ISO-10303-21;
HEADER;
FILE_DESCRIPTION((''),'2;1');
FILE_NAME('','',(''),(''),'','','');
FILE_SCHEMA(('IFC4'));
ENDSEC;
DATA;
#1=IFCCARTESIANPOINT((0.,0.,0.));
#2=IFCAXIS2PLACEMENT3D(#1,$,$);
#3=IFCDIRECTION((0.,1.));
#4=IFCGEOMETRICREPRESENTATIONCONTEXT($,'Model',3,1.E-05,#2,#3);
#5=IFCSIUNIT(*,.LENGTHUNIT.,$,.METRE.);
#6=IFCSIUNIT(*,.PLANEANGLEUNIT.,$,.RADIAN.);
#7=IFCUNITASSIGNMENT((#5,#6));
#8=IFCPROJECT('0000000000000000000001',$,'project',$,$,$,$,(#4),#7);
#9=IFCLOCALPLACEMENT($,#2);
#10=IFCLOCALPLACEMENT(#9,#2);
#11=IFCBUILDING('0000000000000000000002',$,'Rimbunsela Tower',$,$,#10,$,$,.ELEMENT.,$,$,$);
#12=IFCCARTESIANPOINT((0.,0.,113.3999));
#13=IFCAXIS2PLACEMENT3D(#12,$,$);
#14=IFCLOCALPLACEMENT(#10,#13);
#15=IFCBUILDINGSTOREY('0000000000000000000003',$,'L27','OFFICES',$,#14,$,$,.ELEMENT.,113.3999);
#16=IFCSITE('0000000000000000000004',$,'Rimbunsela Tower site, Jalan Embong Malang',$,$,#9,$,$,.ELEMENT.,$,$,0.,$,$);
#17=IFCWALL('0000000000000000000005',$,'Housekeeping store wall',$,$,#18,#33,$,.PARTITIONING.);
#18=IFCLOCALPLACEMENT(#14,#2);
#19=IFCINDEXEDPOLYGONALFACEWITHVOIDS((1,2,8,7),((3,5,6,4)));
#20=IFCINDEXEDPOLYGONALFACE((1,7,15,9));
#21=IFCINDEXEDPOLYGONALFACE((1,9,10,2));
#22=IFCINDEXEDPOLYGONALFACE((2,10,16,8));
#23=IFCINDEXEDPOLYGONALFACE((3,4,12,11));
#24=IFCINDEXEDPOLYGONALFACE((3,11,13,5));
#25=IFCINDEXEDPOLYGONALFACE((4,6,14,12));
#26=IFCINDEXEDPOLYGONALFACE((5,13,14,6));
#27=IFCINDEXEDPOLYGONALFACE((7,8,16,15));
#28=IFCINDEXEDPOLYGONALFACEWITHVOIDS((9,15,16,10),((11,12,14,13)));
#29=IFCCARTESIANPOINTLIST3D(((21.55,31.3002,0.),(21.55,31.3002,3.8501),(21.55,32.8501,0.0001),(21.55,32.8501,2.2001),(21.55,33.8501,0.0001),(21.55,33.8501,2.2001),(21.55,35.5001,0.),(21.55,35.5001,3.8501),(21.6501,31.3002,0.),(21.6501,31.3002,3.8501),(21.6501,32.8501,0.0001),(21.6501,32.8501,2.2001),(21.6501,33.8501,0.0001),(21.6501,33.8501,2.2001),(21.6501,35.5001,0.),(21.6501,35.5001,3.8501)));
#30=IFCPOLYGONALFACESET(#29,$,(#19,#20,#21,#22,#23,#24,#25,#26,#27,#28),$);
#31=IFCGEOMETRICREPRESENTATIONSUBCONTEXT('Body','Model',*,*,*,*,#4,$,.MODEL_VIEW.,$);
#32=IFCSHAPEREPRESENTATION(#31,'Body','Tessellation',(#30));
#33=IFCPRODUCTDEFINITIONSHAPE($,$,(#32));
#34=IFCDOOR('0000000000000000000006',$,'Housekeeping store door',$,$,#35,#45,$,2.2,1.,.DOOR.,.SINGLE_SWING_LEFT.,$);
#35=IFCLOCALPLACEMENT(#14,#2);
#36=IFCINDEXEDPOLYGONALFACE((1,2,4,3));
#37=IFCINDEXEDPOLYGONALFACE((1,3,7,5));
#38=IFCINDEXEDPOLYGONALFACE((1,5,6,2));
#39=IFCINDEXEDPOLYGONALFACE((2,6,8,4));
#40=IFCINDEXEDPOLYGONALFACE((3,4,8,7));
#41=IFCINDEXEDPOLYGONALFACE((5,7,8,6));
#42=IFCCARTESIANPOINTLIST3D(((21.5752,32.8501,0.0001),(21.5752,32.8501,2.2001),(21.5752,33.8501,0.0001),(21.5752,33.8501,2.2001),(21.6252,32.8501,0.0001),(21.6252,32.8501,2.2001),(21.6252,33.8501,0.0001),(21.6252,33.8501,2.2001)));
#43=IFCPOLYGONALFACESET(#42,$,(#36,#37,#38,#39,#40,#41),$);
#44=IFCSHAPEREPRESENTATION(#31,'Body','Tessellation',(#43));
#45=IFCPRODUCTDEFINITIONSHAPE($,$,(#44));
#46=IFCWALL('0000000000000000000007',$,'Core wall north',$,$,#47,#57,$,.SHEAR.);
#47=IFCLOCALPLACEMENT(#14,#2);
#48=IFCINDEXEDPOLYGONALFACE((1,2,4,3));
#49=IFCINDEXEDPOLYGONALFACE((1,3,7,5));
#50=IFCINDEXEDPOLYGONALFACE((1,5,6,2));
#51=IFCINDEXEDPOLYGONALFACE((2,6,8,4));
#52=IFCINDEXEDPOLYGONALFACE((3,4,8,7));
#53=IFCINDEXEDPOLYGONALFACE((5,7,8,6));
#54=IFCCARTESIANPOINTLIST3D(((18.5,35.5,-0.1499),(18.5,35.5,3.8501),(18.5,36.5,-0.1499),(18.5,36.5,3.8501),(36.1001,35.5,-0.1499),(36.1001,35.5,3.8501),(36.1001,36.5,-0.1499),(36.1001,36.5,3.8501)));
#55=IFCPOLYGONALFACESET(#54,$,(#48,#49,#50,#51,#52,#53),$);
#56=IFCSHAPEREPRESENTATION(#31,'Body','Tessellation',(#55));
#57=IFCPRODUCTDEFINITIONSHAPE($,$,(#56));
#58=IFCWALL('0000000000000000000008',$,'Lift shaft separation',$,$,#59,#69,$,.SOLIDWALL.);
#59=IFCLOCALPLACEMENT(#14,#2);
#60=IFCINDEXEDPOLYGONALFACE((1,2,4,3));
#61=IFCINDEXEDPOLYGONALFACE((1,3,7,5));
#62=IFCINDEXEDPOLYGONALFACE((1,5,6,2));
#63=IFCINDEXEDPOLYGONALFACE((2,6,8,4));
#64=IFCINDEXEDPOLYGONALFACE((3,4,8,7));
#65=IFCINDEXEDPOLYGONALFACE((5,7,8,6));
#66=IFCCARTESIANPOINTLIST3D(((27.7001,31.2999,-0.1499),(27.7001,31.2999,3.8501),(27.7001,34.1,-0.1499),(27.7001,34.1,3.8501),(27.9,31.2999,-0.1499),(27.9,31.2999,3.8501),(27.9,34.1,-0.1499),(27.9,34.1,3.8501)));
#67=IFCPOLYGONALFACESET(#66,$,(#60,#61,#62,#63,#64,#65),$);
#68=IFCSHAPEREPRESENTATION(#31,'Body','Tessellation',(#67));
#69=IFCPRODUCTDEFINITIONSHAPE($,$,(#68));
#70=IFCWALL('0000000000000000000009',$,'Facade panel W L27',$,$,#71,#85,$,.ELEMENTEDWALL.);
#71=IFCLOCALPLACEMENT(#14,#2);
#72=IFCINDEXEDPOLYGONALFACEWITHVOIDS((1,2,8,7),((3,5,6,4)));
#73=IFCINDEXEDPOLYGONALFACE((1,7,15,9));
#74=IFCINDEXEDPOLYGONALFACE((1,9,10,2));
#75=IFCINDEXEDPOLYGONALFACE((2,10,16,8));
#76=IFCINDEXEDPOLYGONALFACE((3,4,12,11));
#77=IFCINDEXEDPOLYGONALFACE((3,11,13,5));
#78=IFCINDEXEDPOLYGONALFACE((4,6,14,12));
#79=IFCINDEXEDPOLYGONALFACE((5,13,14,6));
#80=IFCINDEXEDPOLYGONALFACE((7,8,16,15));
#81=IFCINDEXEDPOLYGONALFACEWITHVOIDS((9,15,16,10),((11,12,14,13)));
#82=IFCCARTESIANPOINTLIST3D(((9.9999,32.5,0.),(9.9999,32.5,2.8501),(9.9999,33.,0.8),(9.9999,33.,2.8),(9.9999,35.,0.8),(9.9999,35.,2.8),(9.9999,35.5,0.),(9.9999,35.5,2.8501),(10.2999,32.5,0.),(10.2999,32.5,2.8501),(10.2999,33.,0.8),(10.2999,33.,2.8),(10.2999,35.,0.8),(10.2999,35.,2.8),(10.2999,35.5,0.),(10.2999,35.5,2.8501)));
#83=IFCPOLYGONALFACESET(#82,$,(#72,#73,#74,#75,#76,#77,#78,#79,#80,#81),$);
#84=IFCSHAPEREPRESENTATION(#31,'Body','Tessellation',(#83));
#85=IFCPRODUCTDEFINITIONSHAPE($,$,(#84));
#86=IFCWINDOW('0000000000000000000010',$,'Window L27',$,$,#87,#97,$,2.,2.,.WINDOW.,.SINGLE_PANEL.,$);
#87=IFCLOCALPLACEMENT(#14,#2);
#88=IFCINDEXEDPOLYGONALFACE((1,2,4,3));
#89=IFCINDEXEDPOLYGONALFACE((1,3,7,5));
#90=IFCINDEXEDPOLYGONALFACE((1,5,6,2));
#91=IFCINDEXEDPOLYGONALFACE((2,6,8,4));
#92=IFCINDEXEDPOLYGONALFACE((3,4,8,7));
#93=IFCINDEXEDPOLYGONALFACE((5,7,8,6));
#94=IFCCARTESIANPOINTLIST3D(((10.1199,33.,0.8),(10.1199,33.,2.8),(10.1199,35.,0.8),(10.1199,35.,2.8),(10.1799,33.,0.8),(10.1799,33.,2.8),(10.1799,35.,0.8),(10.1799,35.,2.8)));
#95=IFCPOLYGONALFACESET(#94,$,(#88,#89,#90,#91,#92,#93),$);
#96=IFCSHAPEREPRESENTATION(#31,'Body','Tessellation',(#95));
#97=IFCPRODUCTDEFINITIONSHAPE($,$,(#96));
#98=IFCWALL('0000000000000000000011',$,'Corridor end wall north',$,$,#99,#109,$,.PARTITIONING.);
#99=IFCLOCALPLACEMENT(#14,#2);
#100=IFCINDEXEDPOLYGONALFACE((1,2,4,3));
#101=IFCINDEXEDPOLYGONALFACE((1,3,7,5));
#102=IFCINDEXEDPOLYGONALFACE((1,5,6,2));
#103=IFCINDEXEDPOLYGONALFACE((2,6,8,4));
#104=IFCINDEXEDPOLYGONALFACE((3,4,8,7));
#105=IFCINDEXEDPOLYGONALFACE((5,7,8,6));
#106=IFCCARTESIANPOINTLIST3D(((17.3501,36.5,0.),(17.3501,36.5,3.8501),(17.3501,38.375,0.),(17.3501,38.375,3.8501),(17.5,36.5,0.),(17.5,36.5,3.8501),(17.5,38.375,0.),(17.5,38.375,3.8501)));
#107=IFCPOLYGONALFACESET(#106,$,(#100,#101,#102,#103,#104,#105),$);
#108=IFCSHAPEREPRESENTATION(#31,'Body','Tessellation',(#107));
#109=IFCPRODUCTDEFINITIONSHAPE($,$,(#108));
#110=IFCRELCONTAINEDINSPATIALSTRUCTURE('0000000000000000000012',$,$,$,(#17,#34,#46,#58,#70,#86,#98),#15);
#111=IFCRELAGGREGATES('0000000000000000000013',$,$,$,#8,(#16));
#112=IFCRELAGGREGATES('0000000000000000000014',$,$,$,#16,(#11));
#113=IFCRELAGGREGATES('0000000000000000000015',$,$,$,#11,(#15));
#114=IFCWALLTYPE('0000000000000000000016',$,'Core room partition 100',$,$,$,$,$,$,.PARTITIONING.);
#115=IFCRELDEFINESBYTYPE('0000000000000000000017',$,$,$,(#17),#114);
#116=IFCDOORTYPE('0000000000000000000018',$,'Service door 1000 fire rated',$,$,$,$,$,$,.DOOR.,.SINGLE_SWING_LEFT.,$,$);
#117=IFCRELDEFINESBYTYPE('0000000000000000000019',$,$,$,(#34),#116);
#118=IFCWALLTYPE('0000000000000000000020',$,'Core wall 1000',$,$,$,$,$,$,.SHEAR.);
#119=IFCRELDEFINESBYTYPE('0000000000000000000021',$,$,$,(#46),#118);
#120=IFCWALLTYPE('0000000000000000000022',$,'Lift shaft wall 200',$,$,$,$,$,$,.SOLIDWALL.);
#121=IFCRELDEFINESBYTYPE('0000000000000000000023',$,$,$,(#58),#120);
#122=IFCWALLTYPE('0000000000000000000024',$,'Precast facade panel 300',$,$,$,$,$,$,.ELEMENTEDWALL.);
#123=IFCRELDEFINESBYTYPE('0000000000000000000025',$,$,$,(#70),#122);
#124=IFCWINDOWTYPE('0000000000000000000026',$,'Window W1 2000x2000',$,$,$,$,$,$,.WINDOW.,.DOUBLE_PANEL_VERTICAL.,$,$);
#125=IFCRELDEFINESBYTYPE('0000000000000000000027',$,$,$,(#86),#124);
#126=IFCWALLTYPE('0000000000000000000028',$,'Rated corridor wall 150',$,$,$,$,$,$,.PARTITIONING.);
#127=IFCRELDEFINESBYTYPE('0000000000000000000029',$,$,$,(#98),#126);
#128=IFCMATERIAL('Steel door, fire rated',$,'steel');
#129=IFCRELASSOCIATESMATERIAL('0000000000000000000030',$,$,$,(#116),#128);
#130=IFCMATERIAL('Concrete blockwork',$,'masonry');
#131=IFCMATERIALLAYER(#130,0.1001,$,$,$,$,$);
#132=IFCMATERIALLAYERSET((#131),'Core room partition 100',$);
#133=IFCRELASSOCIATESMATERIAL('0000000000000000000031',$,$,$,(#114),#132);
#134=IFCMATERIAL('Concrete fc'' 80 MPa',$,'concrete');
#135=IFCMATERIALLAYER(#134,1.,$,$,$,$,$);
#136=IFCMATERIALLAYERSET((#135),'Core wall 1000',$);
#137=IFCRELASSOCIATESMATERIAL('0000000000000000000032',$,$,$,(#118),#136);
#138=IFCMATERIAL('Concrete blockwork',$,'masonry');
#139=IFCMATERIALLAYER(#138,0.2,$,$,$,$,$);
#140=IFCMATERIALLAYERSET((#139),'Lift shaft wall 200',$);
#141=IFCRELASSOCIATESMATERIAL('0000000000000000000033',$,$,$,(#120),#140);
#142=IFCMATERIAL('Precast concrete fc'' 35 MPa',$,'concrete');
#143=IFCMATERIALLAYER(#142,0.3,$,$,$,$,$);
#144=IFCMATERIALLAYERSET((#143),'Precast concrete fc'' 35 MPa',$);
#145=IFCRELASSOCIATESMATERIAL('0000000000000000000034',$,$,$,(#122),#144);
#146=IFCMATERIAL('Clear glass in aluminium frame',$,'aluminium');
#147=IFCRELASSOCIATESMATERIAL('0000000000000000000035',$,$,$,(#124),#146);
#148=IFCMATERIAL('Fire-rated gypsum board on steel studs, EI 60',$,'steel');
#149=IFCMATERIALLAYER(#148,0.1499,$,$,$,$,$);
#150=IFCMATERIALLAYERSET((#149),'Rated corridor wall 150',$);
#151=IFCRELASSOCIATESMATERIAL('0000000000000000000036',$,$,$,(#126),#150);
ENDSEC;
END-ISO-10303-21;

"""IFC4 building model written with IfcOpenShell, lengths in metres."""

from ifc_helpers import new_model, si_unit, direction, frame, frame_2d, origin, place, context, subcontext, project, spatial, rectangle, extrude, material, layer, layer_set, type_object, element, fill, save


model = new_model("IFC4")

# Units and contexts
model_context = context("Model", 3, precision=1e-05, world=origin(), true_north=direction((0.0, 1.0)))
body_context = subcontext(model_context, "Body", "Model", "MODEL_VIEW")
ifc_project = project(units=[si_unit("LENGTHUNIT", "METRE"), si_unit("PLANEANGLEUNIT", "RADIAN")], contexts=[model_context])

# Site, building, storey
site_placement = place(None, origin())
site = spatial("IfcSite", under=ifc_project, at=site_placement, Name="Rimbunsela Tower site, Jalan Embong Malang", CompositionType="ELEMENT", RefElevation=0.0)
building_placement = place(site_placement, origin())
building = spatial("IfcBuilding", under=site, at=building_placement, Name="Rimbunsela Tower", CompositionType="ELEMENT")
storey_placement = place(building_placement, frame((0.0, 0.0, 113.3999)))
storey = spatial("IfcBuildingStorey", under=building, at=storey_placement, Name="L27", Description="OFFICES", CompositionType="ELEMENT", Elevation=113.3999)

# Shared definitions
ifc_material_1 = material(Name="Steel door, fire rated", Category="steel")
door_type_1 = type_object("IfcDoorType", Name="Service door 1000 fire rated", OperationType="SINGLE_SWING_LEFT", PredefinedType="DOOR", material=ifc_material_1)

# Wall, opening, door
ifc_material_2 = material(Name="Concrete blockwork", Category="masonry")
ifc_layer_1 = layer(ifc_material_2, 0.1001)
ifc_layer_set_1 = layer_set([ifc_layer_1], Name="Core room partition 100")
wall_type_1 = type_object("IfcWallType", Name="Core room partition 100", PredefinedType="PARTITIONING", material=ifc_layer_set_1)
wall_1_placement = place(storey_placement, frame((21.6001, 31.3, 0.0), z_axis=(0.0, 0.0, 1.0), x_axis=(0.0, 1.0, 0.0)))
wall_1 = element("IfcWall", 1, at=wall_1_placement, inside=storey, type_object=wall_type_1, Name="Housekeeping store wall", PredefinedType="PARTITIONING", context=body_context, shape_type="SweptSolid", body=[
    extrude(rectangle(XDim=4.2, YDim=0.1001, at=frame_2d((2.1001, 0.0))), origin(), (0.0, 0.0, 1.0), 3.8501),
])
opening_1_placement = place(wall_1_placement, frame((1.55, 0.0, 0.0)))
opening_1 = element("IfcOpeningElement", 2, at=opening_1_placement, cuts=wall_1, PredefinedType="OPENING", context=body_context, shape_type="SweptSolid", body=[
    extrude(rectangle(XDim=1.0, YDim=2.2, at=frame_2d((0.5, 1.1001))), frame((0.0, 0.0601, 0.0), z_axis=(0.0, -1.0, 0.0), x_axis=(1.0, 0.0, 0.0)), (0.0, 0.0, 1.0), 0.1201),
])
door_1_placement = place(opening_1_placement, origin())
door_1 = element("IfcDoor", 3, at=door_1_placement, inside=storey, type_object=door_type_1, Name="Housekeeping store door", OperationType="SINGLE_SWING_LEFT", OverallHeight=2.2, OverallWidth=1.0, PredefinedType="DOOR", context=body_context, shape_type="SweptSolid", body=[
    extrude(rectangle(XDim=1.0, YDim=2.2, at=frame_2d((0.5, 1.1001))), frame((0.0, 0.0249, 0.0), z_axis=(0.0, -1.0, 0.0), x_axis=(1.0, 0.0, 0.0)), (0.0, 0.0, 1.0), 0.05),
])
fill(opening_1, door_1)

# Walls
ifc_material_3 = material(Name="Concrete fc' 80 MPa", Category="concrete")
ifc_layer_2 = layer(ifc_material_3, 1.0)
ifc_layer_set_2 = layer_set([ifc_layer_2], Name="Core wall 1000")
wall_type_2 = type_object("IfcWallType", Name="Core wall 1000", PredefinedType="SHEAR", material=ifc_layer_set_2)
wall_2_placement = place(storey_placement, frame((18.5, 36.0, -0.1499), z_axis=(0.0, 0.0, 1.0), x_axis=(1.0, 0.0, 0.0)))
element("IfcWall", 4, at=wall_2_placement, inside=storey, type_object=wall_type_2, Name="Core wall north", PredefinedType="SHEAR", context=body_context, shape_type="SweptSolid", body=[
    extrude(rectangle(XDim=17.6001, YDim=1.0, at=frame_2d((8.8, 0.0))), origin(), (0.0, 0.0, 1.0), 4.0),
])
ifc_material_4 = material(Name="Concrete blockwork", Category="masonry")
ifc_layer_3 = layer(ifc_material_4, 0.2)
ifc_layer_set_3 = layer_set([ifc_layer_3], Name="Lift shaft wall 200")
wall_type_3 = type_object("IfcWallType", Name="Lift shaft wall 200", PredefinedType="SOLIDWALL", material=ifc_layer_set_3)
wall_3_placement = place(storey_placement, frame((27.8, 31.3, -0.1499), z_axis=(0.0, 0.0, 1.0), x_axis=(0.0, 1.0, 0.0)))
element("IfcWall", 5, at=wall_3_placement, inside=storey, type_object=wall_type_3, Name="Lift shaft separation", PredefinedType="SOLIDWALL", context=body_context, shape_type="SweptSolid", body=[
    extrude(rectangle(XDim=2.8, YDim=0.2, at=frame_2d((1.3999, 0.0))), origin(), (0.0, 0.0, 1.0), 4.0),
])

# Wall, opening, window
ifc_material_5 = material(Name="Precast concrete fc' 35 MPa", Category="concrete")
ifc_layer_4 = layer(ifc_material_5, 0.3)
ifc_layer_set_4 = layer_set([ifc_layer_4], Name="Precast concrete fc' 35 MPa")
wall_type_4 = type_object("IfcWallType", Name="Precast facade panel 300", PredefinedType="ELEMENTEDWALL", material=ifc_layer_set_4)
wall_4_placement = place(storey_placement, frame((10.1499, 35.5, 0.0), z_axis=(0.0, 0.0, 1.0), x_axis=(0.0, -1.0, 0.0)))
wall_4 = element("IfcWall", 6, at=wall_4_placement, inside=storey, type_object=wall_type_4, Name="Facade panel W L27", PredefinedType="ELEMENTEDWALL", context=body_context, shape_type="SweptSolid", body=[
    extrude(rectangle(XDim=3.0, YDim=0.3, at=frame_2d((1.5, 0.0))), origin(), (0.0, 0.0, 1.0), 2.8501),
])
opening_2_placement = place(wall_4_placement, frame((0.5, 0.0, 0.8)))
opening_2 = element("IfcOpeningElement", 7, at=opening_2_placement, cuts=wall_4, PredefinedType="OPENING", context=body_context, shape_type="SweptSolid", body=[
    extrude(rectangle(XDim=2.0, YDim=2.0, at=frame_2d((1.0, 1.0))), frame((0.0, 0.1599, 0.0), z_axis=(0.0, -1.0, 0.0), x_axis=(1.0, 0.0, 0.0)), (0.0, 0.0, 1.0), 0.3201),
])
ifc_material_6 = material(Name="Clear glass in aluminium frame", Category="aluminium")
window_type = type_object("IfcWindowType", Name="Window W1 2000x2000", PartitioningType="DOUBLE_PANEL_VERTICAL", PredefinedType="WINDOW", material=ifc_material_6)
window_placement = place(opening_2_placement, origin())
window = element("IfcWindow", 8, at=window_placement, inside=storey, type_object=window_type, Name="Window L27", OverallHeight=2.0, OverallWidth=2.0, PartitioningType="SINGLE_PANEL", PredefinedType="WINDOW", context=body_context, shape_type="SweptSolid", body=[
    extrude(rectangle(XDim=2.0, YDim=2.0, at=frame_2d((1.0, 1.0))), frame((0.0, 0.03, 0.0), z_axis=(0.0, -1.0, 0.0), x_axis=(1.0, 0.0, 0.0)), (0.0, 0.0, 1.0), 0.0601),
])
fill(opening_2, window)

# Wall
ifc_material_7 = material(Name="Fire-rated gypsum board on steel studs, EI 60", Category="steel")
ifc_layer_5 = layer(ifc_material_7, 0.1499)
ifc_layer_set_5 = layer_set([ifc_layer_5], Name="Rated corridor wall 150")
wall_type_5 = type_object("IfcWallType", Name="Rated corridor wall 150", PredefinedType="PARTITIONING", material=ifc_layer_set_5)
wall_5_placement = place(storey_placement, frame((17.425, 36.5, 0.0), z_axis=(0.0, 0.0, 1.0), x_axis=(0.0, 1.0, 0.0)))
element("IfcWall", 9, at=wall_5_placement, inside=storey, type_object=wall_type_5, Name="Corridor end wall north", PredefinedType="PARTITIONING", context=body_context, shape_type="SweptSolid", body=[
    extrude(rectangle(XDim=1.875, YDim=0.1499, at=frame_2d((0.9375, 0.0))), origin(), (0.0, 0.0, 1.0), 3.8501),
])

save(model, "model.ifc")
